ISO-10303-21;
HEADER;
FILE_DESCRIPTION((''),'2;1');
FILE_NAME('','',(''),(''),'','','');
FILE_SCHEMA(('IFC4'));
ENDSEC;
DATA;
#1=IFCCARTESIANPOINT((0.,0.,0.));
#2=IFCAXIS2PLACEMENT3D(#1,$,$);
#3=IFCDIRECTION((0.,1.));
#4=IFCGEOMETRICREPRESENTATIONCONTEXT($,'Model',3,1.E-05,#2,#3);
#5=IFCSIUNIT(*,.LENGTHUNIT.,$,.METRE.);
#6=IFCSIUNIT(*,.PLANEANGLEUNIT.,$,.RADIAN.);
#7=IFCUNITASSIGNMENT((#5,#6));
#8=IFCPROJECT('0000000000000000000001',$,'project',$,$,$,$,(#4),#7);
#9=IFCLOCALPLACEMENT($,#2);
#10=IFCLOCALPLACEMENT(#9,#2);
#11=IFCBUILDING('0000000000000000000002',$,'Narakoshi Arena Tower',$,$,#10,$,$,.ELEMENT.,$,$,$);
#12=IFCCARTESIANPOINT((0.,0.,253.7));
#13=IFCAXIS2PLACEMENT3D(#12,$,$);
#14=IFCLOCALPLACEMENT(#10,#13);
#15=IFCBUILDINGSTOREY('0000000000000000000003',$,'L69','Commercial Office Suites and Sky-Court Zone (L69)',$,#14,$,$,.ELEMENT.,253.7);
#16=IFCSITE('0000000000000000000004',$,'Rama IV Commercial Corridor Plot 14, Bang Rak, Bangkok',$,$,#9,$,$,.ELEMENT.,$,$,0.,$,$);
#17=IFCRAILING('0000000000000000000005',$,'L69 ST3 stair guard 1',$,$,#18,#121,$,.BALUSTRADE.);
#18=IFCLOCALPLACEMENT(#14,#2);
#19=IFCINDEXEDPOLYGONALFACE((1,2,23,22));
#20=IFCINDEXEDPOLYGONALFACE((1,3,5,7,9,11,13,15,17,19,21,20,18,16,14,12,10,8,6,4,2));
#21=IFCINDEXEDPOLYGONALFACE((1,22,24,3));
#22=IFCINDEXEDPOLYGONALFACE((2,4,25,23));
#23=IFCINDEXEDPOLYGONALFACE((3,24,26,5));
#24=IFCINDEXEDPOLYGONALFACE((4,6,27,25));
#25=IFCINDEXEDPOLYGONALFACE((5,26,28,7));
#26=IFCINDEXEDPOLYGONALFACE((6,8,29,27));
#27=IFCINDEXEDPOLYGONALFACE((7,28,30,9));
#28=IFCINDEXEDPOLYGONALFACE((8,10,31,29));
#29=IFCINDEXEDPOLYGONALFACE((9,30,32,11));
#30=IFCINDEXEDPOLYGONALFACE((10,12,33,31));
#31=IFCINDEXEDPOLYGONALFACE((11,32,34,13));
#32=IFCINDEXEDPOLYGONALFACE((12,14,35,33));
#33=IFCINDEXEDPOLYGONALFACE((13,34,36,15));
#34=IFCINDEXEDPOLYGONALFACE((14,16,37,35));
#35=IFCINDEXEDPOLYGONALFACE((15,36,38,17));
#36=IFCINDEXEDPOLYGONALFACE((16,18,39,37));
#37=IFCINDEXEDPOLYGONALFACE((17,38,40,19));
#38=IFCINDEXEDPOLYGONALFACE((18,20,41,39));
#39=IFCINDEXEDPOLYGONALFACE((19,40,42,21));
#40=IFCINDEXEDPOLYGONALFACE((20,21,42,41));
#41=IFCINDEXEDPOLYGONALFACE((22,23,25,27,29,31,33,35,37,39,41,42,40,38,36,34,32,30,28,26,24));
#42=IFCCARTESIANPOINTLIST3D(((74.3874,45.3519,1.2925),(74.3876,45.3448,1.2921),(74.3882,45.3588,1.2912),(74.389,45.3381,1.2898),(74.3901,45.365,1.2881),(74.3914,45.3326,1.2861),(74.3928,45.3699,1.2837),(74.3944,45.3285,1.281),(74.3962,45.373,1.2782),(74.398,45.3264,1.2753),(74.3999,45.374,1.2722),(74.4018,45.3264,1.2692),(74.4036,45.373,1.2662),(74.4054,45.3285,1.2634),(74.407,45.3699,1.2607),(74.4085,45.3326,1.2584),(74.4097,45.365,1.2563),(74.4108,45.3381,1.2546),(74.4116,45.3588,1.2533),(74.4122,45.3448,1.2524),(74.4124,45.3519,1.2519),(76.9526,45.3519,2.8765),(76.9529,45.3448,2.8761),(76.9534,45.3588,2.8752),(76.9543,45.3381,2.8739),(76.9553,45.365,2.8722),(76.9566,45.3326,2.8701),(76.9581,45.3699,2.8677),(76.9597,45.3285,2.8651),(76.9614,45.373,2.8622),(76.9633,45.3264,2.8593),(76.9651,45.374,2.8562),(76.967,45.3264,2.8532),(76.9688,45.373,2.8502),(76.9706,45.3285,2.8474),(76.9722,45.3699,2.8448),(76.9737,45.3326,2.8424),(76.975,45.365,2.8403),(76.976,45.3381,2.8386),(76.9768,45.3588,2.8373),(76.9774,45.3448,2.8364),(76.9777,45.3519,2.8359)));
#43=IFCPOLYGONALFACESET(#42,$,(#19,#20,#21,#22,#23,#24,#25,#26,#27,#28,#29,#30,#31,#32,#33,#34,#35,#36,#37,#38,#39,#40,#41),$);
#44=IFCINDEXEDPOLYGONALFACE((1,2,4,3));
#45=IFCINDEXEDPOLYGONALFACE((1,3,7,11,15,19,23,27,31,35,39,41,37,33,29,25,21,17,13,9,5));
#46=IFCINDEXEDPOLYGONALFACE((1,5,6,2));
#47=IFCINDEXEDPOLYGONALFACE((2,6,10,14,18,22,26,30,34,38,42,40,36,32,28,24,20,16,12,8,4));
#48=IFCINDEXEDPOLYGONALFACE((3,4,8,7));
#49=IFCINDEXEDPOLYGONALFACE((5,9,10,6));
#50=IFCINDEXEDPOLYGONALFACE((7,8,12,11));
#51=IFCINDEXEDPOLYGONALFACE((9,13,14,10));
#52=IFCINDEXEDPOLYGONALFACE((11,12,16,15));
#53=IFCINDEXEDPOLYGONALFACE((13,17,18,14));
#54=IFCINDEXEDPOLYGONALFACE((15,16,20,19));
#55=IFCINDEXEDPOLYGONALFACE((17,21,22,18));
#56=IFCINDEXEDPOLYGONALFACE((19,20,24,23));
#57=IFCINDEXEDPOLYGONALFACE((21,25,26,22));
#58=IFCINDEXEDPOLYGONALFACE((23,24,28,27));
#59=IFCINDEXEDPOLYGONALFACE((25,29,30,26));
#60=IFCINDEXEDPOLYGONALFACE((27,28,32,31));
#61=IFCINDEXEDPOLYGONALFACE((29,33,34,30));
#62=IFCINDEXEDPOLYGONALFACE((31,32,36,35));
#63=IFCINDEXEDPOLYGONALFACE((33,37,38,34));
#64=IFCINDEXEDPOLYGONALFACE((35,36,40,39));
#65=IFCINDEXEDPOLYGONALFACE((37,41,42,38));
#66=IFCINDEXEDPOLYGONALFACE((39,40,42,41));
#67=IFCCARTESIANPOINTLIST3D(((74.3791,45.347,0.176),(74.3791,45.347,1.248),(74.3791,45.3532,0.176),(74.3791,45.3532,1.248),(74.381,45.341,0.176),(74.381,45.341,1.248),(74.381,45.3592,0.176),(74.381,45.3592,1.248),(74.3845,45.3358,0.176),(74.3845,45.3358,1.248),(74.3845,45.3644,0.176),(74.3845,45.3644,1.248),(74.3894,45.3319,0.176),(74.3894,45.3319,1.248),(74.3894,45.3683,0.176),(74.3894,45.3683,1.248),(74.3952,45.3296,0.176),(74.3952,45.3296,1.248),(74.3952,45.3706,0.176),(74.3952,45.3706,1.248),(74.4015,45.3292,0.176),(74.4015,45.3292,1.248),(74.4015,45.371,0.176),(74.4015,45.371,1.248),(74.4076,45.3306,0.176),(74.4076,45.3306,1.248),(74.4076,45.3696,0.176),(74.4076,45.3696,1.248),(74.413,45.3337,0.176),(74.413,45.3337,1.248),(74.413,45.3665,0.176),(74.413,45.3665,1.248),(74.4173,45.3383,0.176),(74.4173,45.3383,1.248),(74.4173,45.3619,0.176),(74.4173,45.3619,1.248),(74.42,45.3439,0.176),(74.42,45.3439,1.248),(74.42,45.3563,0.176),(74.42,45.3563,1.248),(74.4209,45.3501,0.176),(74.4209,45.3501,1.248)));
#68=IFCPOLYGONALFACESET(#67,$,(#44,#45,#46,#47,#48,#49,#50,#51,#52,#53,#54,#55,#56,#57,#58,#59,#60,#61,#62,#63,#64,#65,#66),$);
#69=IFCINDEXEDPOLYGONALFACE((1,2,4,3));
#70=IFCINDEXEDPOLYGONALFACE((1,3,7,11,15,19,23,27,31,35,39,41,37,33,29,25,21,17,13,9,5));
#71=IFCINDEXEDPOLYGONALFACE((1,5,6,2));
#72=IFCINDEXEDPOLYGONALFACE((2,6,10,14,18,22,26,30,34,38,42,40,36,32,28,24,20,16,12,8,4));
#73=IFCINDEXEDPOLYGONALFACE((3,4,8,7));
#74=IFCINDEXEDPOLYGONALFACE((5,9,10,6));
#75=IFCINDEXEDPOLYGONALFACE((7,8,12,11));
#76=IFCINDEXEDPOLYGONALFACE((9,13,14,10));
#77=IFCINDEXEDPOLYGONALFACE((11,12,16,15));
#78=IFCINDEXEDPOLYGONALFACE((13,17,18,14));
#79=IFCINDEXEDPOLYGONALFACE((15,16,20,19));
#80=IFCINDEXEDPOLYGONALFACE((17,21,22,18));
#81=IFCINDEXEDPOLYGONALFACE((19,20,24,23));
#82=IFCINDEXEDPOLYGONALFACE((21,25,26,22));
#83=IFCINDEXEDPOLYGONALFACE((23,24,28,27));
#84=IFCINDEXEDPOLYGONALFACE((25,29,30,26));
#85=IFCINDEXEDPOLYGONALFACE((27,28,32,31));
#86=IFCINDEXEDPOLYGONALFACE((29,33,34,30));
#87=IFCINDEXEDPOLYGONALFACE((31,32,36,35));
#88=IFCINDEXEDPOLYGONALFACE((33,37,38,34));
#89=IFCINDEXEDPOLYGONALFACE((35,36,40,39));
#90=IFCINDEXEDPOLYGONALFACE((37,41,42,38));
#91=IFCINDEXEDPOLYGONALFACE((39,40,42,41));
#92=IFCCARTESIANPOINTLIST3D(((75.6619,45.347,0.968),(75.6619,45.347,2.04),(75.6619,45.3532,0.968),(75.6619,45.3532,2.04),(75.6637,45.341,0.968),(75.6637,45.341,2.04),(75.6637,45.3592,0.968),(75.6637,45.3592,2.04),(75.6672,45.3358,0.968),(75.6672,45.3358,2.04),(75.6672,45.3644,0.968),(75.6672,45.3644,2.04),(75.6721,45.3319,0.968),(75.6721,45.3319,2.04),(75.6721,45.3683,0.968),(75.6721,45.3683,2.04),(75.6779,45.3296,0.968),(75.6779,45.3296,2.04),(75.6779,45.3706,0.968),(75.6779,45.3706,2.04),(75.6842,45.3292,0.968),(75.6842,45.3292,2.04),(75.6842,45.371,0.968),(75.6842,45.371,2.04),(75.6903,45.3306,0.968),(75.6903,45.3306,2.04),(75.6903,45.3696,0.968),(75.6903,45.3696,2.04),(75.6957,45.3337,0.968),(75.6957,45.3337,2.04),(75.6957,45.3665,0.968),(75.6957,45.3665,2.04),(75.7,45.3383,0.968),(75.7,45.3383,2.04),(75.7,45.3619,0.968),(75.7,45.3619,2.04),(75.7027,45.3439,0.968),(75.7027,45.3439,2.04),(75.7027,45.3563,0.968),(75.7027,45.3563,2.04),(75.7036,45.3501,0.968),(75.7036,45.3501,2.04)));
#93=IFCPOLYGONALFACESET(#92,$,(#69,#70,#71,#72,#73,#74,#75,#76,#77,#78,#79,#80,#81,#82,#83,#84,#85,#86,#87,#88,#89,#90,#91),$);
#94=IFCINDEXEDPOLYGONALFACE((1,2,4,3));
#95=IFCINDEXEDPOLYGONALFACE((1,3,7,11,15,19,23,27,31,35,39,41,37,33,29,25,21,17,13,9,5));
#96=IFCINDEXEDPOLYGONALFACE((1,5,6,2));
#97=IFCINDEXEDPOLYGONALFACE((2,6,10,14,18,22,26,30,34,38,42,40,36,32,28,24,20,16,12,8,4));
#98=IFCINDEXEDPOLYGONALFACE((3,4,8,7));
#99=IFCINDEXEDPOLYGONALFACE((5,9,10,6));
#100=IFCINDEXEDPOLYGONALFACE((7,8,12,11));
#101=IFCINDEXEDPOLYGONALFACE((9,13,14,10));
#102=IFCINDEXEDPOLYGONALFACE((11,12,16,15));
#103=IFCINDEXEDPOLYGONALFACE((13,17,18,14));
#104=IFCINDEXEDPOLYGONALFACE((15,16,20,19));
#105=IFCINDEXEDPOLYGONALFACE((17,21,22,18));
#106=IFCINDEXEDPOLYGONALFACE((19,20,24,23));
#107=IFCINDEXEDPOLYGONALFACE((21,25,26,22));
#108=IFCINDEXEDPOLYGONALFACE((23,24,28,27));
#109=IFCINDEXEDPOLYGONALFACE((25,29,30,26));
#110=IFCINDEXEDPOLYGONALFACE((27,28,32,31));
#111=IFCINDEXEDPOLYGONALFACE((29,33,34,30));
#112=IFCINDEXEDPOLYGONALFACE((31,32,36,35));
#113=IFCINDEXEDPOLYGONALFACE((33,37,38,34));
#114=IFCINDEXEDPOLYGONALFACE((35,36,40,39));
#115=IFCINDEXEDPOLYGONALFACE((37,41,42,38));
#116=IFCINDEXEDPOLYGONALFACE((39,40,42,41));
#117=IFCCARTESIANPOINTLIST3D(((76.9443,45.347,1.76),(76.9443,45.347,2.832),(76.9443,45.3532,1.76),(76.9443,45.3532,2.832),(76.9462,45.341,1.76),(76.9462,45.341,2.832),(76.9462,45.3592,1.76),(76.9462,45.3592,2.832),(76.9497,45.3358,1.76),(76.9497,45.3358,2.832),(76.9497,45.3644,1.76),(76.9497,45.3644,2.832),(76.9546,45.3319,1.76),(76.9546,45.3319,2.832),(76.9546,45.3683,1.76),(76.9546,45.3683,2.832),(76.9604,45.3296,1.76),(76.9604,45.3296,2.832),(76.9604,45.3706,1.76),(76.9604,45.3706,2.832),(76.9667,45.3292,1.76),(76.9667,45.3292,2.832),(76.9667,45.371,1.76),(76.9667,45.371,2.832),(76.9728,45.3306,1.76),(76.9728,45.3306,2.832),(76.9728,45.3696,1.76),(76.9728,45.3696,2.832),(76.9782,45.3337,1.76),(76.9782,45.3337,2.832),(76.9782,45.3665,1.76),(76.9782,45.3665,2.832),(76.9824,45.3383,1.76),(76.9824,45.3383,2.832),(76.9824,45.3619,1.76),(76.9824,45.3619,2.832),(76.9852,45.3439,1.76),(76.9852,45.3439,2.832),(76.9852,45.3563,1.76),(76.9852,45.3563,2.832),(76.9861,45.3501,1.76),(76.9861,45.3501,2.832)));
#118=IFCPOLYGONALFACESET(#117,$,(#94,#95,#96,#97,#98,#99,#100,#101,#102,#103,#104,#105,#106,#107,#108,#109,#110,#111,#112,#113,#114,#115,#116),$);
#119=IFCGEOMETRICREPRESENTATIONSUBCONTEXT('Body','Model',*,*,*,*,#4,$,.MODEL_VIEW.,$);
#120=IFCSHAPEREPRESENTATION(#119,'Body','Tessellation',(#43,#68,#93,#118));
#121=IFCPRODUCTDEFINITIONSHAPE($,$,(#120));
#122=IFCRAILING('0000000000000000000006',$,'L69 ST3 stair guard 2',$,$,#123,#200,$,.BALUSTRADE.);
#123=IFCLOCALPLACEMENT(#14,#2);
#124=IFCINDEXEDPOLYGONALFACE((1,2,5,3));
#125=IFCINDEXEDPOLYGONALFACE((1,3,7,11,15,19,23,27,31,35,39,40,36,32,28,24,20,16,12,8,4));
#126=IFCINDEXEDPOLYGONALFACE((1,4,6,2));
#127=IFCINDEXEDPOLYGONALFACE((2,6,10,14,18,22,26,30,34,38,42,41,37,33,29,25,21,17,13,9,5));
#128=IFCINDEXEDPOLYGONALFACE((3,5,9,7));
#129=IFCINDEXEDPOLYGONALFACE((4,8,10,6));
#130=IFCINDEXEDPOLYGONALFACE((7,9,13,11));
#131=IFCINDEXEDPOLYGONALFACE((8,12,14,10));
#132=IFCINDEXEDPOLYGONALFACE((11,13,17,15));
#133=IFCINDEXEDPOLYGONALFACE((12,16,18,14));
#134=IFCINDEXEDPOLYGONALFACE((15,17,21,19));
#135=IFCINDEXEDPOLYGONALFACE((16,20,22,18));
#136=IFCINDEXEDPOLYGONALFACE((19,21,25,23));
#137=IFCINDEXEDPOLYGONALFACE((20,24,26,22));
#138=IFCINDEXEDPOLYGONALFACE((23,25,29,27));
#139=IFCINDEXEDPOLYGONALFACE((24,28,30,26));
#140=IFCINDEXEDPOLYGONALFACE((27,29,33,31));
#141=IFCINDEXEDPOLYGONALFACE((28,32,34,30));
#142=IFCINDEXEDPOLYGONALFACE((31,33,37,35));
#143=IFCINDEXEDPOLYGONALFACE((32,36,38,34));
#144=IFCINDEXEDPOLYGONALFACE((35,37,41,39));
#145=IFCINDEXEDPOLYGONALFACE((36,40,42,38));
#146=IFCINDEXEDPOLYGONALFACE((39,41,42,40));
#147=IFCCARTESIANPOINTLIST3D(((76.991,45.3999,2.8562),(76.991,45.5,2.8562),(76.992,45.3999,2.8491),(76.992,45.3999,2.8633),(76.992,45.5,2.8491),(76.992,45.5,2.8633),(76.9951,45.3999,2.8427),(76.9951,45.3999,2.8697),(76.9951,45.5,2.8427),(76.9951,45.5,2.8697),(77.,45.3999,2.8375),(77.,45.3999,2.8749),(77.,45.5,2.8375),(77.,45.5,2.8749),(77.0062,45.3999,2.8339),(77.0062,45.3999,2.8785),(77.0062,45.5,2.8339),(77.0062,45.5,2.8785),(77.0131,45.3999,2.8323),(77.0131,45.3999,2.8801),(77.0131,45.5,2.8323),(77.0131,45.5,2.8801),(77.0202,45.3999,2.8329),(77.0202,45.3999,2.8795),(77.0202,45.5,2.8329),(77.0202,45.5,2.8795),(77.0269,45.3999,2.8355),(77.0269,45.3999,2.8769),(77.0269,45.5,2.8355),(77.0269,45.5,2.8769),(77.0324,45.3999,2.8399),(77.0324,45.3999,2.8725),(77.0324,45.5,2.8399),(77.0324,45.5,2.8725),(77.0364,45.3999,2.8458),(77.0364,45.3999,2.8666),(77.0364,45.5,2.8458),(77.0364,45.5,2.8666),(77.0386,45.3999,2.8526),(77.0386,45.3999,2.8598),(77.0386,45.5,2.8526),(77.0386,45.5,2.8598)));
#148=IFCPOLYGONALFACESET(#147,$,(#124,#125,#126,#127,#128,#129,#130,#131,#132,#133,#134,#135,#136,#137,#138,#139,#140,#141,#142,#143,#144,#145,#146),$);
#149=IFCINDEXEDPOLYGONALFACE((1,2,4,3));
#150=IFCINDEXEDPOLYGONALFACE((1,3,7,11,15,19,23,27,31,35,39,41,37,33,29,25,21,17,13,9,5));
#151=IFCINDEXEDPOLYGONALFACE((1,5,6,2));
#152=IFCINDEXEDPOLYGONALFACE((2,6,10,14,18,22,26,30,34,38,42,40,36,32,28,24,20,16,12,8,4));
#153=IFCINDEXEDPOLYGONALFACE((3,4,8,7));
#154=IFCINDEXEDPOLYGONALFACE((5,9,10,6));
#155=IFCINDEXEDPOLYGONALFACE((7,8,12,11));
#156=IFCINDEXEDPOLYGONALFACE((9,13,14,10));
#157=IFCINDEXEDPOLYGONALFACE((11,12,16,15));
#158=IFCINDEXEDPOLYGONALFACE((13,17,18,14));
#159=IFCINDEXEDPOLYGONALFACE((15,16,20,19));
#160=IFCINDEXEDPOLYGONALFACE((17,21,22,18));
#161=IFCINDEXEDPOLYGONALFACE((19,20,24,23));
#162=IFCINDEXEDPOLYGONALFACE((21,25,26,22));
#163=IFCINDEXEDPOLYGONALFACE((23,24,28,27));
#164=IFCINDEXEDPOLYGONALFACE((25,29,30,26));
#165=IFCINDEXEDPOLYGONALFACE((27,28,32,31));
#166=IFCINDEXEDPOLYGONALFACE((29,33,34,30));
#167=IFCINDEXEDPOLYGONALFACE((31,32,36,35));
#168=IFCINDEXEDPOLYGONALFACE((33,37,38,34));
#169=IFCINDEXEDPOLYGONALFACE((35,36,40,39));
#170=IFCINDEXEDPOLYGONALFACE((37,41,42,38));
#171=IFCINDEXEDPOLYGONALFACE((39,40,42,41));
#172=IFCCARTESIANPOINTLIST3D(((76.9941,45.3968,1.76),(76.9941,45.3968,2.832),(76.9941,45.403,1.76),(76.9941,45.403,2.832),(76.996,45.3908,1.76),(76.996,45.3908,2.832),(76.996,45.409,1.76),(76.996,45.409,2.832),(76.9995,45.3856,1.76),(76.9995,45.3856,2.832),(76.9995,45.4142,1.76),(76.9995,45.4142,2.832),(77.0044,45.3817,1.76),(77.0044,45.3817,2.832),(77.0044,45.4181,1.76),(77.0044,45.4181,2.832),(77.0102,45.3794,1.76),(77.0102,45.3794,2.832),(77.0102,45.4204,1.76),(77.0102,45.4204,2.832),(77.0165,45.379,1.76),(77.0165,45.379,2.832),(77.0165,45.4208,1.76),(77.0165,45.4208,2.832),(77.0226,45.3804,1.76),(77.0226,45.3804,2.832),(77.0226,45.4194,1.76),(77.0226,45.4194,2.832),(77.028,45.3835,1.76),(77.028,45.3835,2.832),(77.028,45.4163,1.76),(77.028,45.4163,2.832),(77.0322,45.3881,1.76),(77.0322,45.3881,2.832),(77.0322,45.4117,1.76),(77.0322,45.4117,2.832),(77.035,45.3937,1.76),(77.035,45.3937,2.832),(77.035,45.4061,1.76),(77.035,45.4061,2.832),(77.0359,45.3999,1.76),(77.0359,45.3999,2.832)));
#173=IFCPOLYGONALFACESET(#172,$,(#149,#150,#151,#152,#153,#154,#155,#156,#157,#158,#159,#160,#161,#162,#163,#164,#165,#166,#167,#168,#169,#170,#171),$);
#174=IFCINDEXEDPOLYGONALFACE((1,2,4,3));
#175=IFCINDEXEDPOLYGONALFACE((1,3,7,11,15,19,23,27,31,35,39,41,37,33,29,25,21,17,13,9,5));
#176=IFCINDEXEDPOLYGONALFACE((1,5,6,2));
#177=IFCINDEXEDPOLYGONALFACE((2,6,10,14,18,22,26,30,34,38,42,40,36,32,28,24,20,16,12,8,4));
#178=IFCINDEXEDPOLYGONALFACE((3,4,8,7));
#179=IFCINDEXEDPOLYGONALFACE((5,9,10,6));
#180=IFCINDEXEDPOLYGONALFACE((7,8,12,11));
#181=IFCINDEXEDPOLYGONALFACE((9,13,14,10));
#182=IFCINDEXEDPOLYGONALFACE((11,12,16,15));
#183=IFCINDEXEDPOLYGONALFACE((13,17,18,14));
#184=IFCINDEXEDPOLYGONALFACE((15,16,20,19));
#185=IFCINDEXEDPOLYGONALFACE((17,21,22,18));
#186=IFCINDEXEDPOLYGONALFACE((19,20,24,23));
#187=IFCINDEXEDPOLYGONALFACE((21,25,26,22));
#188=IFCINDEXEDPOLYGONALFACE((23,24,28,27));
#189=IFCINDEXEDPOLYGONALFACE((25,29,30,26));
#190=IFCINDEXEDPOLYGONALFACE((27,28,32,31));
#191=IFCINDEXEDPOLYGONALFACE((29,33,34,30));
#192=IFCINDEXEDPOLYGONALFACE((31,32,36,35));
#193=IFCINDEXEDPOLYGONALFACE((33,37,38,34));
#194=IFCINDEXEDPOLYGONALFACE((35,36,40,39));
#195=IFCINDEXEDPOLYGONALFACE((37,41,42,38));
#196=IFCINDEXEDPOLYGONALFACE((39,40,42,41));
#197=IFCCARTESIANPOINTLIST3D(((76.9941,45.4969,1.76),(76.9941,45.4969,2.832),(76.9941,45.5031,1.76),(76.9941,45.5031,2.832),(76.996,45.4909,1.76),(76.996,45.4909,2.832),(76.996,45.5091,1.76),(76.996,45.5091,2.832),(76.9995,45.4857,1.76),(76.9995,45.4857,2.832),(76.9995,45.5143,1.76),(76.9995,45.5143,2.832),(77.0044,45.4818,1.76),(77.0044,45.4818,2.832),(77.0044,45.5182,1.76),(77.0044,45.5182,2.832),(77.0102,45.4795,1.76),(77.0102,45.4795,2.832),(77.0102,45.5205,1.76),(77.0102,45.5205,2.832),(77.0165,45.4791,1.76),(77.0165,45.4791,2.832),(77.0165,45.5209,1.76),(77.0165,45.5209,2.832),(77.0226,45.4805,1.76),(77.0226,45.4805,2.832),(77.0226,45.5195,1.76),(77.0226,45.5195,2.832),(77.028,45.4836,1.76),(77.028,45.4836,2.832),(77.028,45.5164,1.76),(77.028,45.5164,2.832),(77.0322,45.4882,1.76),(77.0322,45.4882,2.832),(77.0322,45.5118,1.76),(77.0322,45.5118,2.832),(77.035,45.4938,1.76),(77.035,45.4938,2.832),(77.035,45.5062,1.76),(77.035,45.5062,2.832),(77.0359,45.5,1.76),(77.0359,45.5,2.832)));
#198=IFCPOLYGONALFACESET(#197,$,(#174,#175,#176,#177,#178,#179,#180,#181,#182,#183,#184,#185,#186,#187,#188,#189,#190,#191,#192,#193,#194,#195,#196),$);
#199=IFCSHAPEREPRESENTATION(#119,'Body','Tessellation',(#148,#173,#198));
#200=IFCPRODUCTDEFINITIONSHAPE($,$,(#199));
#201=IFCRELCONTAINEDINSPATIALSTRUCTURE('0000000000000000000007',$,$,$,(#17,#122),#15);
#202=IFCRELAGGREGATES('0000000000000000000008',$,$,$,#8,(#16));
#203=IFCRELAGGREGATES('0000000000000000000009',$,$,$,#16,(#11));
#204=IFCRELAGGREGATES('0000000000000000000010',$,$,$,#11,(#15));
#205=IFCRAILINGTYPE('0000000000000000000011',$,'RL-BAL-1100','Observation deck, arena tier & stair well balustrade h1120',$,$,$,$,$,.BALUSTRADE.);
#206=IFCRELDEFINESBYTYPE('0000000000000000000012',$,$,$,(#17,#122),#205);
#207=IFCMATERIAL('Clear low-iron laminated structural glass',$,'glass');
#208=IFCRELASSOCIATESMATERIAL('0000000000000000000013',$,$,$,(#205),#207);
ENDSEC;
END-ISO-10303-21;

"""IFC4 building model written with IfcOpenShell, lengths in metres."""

from ifc_helpers import new_model, si_unit, direction, frame, origin, origin_2d, place, context, subcontext, project, spatial, circle, extrude, material, type_object, element, save


model = new_model("IFC4")

# Units and contexts
model_context = context("Model", 3, precision=1e-05, world=origin(), true_north=direction((0.0, 1.0)))
body_context = subcontext(model_context, "Body", "Model", "MODEL_VIEW")
ifc_project = project(units=[si_unit("LENGTHUNIT", "METRE"), si_unit("PLANEANGLEUNIT", "RADIAN")], contexts=[model_context])

# Site, building, storey
site_placement = place(None, origin())
site = spatial("IfcSite", under=ifc_project, at=site_placement, Name="Rama IV Commercial Corridor Plot 14, Bang Rak, Bangkok", CompositionType="ELEMENT", RefElevation=0.0)
building_placement = place(site_placement, origin())
building = spatial("IfcBuilding", under=site, at=building_placement, Name="Narakoshi Arena Tower", CompositionType="ELEMENT")
storey_placement = place(building_placement, frame((0.0, 0.0, 253.7)))
storey = spatial("IfcBuildingStorey", under=building, at=storey_placement, Name="L69", Description="Commercial Office Suites and Sky-Court Zone (L69)", CompositionType="ELEMENT", Elevation=253.7)

# Railings
ifc_material_1 = material(Name="Clear low-iron laminated structural glass", Category="glass")
railing_type_1 = type_object("IfcRailingType", Name="RL-BAL-1100", Description="Observation deck, arena tier & stair well balustrade h1120", PredefinedType="BALUSTRADE", material=ifc_material_1)
railing_1_placement = place(storey_placement, frame((74.3999, 45.3501, 0.176)))
element("IfcRailing", 1, at=railing_1_placement, inside=storey, type_object=railing_type_1, Name="L69 ST3 stair guard 1", PredefinedType="BALUSTRADE", context=body_context, shape_type="SweptSolid", body=[
    extrude(circle(Radius=0.0239, at=origin_2d()), frame((0.0, 0.0, 1.0962), z_axis=(0.850857, 0.0, 0.525398), x_axis=(0.0, 1.0, 0.0)), (0.0, 0.0, 1.0), 3.0149),
    extrude(circle(Radius=0.021, at=origin_2d()), origin(), (0.0, 0.0, 1.0), 1.072),
    extrude(circle(Radius=0.021, at=origin_2d()), frame((1.2827, 0.0, 0.792)), (0.0, 0.0, 1.0), 1.072),
    extrude(circle(Radius=0.021, at=origin_2d()), frame((2.5652, 0.0, 1.584)), (0.0, 0.0, 1.0), 1.072),
])
railing_2_placement = place(storey_placement, frame((77.0149, 45.3999, 1.76)))
element("IfcRailing", 2, at=railing_2_placement, inside=storey, type_object=railing_type_1, Name="L69 ST3 stair guard 2", PredefinedType="BALUSTRADE", context=body_context, shape_type="SweptSolid", body=[
    extrude(circle(Radius=0.0239, at=origin_2d()), frame((0.0, 0.0, 1.0962), z_axis=(0.0, 1.0, 0.0), x_axis=(-1.0, 0.0, 0.0)), (0.0, 0.0, 1.0), 0.1001),
    extrude(circle(Radius=0.021, at=origin_2d()), origin(), (0.0, 0.0, 1.0), 1.072),
    extrude(circle(Radius=0.021, at=origin_2d()), frame((0.0, 0.1001, 0.0)), (0.0, 0.0, 1.0), 1.072),
])

save(model, "model.ifc")
